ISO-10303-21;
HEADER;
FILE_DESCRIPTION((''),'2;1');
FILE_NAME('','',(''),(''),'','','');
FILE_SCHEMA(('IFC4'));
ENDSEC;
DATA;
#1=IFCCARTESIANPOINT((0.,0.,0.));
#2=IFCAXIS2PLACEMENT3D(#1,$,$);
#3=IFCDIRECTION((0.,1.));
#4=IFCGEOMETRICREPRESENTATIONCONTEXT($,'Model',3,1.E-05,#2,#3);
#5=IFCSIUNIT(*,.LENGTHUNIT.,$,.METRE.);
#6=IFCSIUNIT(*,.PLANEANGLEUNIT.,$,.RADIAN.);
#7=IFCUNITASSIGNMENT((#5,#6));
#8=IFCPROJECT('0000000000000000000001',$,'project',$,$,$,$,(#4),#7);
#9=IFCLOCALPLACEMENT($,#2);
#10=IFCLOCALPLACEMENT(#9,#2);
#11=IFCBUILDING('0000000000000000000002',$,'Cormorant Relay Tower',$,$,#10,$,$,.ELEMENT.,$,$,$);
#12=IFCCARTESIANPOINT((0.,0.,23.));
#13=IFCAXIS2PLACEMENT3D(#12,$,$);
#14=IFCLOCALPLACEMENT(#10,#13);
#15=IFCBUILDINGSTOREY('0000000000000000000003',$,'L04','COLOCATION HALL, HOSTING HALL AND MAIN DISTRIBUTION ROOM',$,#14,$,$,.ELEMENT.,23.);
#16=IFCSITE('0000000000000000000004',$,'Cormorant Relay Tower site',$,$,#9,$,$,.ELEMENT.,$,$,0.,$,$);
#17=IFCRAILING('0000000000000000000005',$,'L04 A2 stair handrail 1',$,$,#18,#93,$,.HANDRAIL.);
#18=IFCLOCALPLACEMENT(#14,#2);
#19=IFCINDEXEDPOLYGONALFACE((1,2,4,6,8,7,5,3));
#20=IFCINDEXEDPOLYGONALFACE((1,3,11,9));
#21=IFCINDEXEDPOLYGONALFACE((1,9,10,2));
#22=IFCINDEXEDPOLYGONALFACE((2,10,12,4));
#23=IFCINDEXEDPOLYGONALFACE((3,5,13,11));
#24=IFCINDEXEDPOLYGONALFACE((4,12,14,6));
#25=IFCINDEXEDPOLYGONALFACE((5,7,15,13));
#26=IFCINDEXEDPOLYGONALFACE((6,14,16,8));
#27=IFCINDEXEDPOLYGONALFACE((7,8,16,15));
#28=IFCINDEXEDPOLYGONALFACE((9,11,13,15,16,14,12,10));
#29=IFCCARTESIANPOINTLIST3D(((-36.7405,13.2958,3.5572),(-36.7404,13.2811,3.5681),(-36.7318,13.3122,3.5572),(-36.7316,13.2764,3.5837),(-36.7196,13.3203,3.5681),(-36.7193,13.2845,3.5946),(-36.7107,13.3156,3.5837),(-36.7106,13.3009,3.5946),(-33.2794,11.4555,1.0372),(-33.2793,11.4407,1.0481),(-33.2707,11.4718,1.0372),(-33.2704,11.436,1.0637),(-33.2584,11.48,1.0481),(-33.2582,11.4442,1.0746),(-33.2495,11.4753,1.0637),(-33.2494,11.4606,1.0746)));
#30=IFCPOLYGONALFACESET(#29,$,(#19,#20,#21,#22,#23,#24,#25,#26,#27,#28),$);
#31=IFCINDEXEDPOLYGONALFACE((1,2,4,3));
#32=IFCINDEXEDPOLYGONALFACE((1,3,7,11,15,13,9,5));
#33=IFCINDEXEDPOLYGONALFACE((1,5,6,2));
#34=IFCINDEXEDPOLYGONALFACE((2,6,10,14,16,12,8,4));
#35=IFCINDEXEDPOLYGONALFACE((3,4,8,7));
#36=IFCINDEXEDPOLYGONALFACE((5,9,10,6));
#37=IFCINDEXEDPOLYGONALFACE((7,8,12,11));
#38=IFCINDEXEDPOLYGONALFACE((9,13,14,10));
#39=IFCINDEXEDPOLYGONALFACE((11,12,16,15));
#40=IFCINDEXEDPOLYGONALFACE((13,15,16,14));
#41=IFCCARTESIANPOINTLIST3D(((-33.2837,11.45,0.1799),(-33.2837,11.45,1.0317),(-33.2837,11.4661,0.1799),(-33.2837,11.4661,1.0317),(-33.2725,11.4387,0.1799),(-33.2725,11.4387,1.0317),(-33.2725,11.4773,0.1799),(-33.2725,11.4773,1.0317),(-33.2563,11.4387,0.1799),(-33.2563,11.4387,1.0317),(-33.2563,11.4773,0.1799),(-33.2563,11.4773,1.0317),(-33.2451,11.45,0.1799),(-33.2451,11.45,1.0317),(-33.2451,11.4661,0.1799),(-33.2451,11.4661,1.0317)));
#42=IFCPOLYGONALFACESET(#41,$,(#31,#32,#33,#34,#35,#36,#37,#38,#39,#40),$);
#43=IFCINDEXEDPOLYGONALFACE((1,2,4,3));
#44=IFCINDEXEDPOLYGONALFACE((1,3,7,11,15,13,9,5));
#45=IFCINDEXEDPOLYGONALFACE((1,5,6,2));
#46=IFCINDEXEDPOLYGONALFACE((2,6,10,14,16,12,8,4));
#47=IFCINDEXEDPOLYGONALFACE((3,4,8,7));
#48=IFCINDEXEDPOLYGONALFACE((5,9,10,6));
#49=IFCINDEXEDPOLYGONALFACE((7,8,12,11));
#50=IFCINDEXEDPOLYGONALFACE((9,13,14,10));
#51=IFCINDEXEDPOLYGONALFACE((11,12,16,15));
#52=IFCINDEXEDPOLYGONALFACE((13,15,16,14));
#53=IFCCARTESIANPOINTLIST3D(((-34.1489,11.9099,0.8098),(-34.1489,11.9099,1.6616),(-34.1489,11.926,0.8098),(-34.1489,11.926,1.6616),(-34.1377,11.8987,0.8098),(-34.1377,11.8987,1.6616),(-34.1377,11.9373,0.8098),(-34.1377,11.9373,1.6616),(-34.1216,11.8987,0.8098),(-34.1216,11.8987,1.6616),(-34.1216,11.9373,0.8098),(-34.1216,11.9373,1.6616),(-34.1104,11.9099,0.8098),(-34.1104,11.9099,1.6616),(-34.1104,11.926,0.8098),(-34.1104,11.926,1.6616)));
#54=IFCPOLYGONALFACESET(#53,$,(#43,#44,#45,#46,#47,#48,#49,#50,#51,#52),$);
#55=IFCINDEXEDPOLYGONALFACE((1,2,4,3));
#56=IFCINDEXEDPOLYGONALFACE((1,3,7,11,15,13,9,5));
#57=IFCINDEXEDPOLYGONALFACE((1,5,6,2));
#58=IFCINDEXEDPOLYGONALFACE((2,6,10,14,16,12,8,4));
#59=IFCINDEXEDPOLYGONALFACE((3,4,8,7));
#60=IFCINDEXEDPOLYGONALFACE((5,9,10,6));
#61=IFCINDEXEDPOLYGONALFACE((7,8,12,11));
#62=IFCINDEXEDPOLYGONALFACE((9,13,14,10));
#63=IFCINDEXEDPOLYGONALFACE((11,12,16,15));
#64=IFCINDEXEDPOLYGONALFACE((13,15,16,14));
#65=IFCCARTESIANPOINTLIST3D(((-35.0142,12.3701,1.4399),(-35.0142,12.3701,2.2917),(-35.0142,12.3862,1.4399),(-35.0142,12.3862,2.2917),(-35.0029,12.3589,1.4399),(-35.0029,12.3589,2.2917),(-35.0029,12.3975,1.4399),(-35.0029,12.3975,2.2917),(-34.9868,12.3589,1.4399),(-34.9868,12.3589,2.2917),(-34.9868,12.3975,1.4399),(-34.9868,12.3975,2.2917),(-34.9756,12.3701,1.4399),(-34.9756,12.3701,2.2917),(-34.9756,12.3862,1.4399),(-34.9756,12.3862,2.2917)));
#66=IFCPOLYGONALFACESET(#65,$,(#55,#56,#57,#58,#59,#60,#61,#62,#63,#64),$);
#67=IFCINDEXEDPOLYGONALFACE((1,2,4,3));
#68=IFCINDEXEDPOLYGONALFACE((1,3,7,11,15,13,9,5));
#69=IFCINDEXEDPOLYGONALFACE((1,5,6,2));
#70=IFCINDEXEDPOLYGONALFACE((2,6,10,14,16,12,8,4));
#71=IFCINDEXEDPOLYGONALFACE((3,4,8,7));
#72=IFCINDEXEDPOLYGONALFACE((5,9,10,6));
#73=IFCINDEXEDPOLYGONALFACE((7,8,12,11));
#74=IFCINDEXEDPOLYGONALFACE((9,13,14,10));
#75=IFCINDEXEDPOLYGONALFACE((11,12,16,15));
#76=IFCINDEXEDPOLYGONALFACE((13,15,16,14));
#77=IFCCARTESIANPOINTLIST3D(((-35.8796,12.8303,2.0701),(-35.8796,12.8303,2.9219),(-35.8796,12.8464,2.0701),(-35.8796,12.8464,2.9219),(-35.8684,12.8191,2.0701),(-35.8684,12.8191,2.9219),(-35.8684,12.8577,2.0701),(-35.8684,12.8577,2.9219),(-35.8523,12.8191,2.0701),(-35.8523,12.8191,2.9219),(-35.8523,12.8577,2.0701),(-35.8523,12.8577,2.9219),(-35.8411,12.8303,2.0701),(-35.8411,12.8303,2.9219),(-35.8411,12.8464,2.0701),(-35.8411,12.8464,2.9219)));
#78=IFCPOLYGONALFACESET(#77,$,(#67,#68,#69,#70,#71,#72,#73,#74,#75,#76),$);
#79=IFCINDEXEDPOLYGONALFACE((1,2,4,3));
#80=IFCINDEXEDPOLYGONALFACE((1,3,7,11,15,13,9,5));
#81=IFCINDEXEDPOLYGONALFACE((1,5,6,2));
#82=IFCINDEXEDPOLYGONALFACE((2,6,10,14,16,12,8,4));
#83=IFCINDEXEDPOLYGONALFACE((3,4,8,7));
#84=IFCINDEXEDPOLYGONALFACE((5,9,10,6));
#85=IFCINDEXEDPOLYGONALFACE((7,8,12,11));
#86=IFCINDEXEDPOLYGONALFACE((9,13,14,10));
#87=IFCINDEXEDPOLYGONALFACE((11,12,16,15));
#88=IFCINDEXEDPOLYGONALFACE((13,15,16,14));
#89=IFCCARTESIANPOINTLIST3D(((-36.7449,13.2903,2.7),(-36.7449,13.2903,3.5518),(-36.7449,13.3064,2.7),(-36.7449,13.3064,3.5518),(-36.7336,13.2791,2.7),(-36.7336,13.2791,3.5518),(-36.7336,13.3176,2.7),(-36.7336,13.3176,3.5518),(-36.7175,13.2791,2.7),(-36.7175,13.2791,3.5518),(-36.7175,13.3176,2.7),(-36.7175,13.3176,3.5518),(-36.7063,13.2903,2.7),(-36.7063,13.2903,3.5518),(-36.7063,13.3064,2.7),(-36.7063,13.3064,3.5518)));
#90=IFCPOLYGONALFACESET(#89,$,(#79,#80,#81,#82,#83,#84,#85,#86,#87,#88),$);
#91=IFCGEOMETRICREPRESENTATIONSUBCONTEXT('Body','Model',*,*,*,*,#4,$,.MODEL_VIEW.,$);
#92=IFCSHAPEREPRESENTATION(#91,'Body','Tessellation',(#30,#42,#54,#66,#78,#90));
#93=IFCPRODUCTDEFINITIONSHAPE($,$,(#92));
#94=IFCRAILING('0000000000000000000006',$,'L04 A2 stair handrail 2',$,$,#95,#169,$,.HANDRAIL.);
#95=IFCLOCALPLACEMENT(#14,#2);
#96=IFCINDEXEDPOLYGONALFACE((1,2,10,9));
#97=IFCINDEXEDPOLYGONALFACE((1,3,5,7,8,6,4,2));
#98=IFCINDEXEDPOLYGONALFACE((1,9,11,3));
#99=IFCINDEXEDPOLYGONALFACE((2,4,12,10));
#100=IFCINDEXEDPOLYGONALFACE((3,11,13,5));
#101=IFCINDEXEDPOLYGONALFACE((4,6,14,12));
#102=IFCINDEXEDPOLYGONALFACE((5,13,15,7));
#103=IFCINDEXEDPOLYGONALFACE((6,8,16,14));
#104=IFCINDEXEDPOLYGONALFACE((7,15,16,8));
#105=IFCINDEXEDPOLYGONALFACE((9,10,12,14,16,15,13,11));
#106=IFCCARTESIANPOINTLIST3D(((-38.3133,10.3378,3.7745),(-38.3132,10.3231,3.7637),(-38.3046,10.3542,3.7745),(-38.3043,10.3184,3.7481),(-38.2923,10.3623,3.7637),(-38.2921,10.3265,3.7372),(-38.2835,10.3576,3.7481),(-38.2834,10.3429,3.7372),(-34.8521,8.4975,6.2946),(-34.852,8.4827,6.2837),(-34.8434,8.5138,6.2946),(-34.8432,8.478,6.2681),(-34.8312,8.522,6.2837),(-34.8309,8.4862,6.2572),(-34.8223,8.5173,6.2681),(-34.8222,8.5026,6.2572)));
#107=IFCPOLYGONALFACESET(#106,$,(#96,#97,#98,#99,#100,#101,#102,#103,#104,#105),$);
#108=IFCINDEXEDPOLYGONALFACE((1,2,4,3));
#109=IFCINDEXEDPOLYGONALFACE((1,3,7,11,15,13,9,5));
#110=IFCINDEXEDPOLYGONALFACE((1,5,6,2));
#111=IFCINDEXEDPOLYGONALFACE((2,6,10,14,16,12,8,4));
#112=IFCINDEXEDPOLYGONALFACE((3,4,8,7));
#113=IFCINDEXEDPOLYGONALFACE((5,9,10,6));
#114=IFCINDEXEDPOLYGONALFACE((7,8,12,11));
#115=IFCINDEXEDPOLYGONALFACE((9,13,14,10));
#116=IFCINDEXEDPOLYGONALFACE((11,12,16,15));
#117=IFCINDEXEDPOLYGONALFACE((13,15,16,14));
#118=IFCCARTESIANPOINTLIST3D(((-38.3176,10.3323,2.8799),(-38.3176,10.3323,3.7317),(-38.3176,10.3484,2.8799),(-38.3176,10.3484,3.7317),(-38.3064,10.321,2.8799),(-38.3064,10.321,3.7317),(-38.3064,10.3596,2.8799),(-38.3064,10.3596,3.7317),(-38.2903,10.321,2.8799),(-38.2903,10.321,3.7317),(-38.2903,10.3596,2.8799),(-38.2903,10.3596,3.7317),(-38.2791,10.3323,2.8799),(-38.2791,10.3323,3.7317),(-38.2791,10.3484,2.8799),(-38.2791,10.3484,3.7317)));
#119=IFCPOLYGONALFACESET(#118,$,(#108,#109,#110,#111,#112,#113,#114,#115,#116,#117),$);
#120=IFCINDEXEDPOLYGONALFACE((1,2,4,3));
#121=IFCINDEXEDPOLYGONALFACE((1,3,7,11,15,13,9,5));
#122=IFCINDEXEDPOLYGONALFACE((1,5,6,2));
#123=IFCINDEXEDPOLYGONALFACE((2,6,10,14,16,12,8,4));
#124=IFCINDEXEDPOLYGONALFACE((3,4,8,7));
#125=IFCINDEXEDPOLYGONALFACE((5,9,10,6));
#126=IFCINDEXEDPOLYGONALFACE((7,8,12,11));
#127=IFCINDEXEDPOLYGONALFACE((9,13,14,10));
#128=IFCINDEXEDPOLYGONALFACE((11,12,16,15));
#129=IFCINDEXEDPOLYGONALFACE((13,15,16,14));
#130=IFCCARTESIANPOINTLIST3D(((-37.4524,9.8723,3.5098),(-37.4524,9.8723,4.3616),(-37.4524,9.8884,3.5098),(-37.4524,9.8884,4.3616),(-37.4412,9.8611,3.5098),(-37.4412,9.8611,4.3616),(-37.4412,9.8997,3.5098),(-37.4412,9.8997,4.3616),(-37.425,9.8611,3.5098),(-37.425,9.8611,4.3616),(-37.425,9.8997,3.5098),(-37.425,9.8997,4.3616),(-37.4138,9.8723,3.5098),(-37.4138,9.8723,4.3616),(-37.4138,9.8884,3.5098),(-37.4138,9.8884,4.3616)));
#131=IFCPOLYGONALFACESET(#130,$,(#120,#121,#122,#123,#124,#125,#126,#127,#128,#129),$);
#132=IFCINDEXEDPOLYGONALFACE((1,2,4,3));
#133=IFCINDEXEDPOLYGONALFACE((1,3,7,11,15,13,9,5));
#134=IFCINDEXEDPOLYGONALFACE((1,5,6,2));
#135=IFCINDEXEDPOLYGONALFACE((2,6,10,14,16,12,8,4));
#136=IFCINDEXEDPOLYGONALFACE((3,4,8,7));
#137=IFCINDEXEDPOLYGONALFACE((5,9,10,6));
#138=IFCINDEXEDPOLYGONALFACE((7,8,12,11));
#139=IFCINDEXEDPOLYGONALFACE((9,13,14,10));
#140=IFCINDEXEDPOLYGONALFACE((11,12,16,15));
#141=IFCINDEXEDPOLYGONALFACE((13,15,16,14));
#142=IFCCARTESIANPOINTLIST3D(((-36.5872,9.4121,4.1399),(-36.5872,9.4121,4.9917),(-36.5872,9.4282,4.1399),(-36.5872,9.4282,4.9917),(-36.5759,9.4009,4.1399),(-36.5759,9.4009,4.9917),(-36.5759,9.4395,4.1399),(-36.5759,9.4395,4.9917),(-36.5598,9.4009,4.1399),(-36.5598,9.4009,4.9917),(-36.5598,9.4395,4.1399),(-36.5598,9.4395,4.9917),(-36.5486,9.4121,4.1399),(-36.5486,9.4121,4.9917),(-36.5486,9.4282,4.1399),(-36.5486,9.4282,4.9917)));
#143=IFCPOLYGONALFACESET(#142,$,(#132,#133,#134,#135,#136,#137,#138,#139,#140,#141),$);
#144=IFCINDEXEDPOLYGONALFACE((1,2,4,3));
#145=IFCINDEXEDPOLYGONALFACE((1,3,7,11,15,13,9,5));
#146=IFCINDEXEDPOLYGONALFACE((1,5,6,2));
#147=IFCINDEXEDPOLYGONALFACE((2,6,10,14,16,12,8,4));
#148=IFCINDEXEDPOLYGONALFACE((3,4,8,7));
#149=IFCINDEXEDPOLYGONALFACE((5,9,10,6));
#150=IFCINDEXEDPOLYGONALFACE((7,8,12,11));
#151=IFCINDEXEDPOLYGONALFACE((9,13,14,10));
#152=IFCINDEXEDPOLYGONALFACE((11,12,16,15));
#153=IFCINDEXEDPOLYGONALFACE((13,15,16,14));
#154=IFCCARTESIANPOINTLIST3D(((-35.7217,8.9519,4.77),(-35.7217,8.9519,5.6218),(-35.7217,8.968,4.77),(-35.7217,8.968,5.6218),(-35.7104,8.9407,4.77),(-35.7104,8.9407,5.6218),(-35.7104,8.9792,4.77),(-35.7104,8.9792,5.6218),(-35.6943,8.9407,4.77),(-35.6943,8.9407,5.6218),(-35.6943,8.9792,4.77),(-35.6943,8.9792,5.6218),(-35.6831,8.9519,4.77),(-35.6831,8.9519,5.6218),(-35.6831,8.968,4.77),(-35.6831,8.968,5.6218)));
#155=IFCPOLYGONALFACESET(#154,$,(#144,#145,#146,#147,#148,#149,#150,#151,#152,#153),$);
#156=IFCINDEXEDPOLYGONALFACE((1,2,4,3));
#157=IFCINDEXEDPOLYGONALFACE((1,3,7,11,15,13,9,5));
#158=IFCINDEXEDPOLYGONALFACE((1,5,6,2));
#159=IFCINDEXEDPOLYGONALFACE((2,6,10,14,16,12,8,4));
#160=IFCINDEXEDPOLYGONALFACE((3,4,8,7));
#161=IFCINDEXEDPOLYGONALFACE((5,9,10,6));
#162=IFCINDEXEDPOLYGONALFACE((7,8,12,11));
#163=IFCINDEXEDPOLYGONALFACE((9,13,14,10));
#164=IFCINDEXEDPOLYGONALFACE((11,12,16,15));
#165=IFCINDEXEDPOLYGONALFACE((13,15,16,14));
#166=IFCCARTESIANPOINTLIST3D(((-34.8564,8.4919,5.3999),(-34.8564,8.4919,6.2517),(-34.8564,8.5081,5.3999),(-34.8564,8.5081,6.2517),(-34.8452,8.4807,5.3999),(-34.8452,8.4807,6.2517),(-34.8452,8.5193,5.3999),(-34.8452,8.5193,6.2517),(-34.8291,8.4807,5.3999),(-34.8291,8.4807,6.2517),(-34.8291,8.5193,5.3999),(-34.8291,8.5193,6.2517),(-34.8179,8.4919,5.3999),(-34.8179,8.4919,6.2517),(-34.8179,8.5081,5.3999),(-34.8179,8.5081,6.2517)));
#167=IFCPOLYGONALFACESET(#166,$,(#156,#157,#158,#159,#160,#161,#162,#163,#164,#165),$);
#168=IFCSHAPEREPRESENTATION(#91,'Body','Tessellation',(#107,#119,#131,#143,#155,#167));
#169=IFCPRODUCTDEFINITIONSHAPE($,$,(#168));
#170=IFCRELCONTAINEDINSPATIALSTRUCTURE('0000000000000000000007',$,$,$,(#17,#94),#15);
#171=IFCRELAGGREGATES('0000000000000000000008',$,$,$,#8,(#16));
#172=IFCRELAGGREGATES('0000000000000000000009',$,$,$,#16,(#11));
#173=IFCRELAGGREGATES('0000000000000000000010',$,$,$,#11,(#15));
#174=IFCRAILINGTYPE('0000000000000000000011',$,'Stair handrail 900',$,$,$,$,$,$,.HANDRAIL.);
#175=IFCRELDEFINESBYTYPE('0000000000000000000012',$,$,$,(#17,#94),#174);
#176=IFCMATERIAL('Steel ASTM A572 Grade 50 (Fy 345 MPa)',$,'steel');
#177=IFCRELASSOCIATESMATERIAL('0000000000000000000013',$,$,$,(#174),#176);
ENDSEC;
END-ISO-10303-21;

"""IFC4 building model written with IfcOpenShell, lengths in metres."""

from ifc_helpers import new_model, si_unit, direction, frame, origin, place, context, subcontext, project, spatial, polyline, outline, extrude, material, type_object, element, save


model = new_model("IFC4")

# Units and contexts
model_context = context("Model", 3, precision=1e-05, world=origin(), true_north=direction((0.0, 1.0)))
body_context = subcontext(model_context, "Body", "Model", "MODEL_VIEW")
ifc_project = project(units=[si_unit("LENGTHUNIT", "METRE"), si_unit("PLANEANGLEUNIT", "RADIAN")], contexts=[model_context])

# Site, building, storey
site_placement = place(None, origin())
site = spatial("IfcSite", under=ifc_project, at=site_placement, Name="Cormorant Relay Tower site", CompositionType="ELEMENT", RefElevation=0.0)
building_placement = place(site_placement, origin())
building = spatial("IfcBuilding", under=site, at=building_placement, Name="Cormorant Relay Tower", CompositionType="ELEMENT")
storey_placement = place(building_placement, frame((0.0, 0.0, 23.0)))
storey = spatial("IfcBuildingStorey", under=building, at=storey_placement, Name="L04", Description="COLOCATION HALL, HOSTING HALL AND MAIN DISTRIBUTION ROOM", CompositionType="ELEMENT", Elevation=23.0)

# Railings
ifc_material_1 = material(Name="Steel ASTM A572 Grade 50 (Fy 345 MPa)", Category="steel")
railing_type_1 = type_object("IfcRailingType", Name="Stair handrail 900", PredefinedType="HANDRAIL", material=ifc_material_1)
railing_1_placement = place(storey_placement, frame((-33.2644, 11.458, 0.1799)))
element("IfcRailing", 1, at=railing_1_placement, inside=storey, type_object=railing_type_1, Name="L04 A2 stair handrail 1", PredefinedType="HANDRAIL", context=body_context, shape_type="SweptSolid", body=[
    extrude(outline(polyline([(0.0222, 0.0093), (0.0093, 0.0222), (-0.0093, 0.0222), (-0.0222, 0.0093), (-0.0222, -0.0093), (-0.0093, -0.0222), (0.0093, -0.0222), (0.0222, -0.0093), (0.0222, 0.0093)])), frame((0.0, 0.0, 0.876), z_axis=(-0.742717, 0.394907, 0.540758), x_axis=(-0.469469, -0.882949, 0.0)), (0.0, 0.0, 1.0), 4.6602),
    extrude(outline(polyline([(0.0193, 0.0081), (0.0081, 0.0193), (-0.0081, 0.0193), (-0.0193, 0.0081), (-0.0193, -0.0081), (-0.0081, -0.0193), (0.0081, -0.0193), (0.0193, -0.0081), (0.0193, 0.0081)])), origin(), (0.0, 0.0, 1.0), 0.8518),
    extrude(outline(polyline([(0.0193, 0.0081), (0.0081, 0.0193), (-0.0081, 0.0193), (-0.0193, 0.0081), (-0.0193, -0.0081), (-0.0081, -0.0193), (0.0081, -0.0193), (0.0193, -0.0081), (0.0193, 0.0081)])), frame((-0.8652, 0.46, 0.6299)), (0.0, 0.0, 1.0), 0.8518),
    extrude(outline(polyline([(0.0193, 0.0081), (0.0081, 0.0193), (-0.0081, 0.0193), (-0.0193, 0.0081), (-0.0193, -0.0081), (-0.0081, -0.0193), (0.0081, -0.0193), (0.0193, -0.0081), (0.0193, 0.0081)])), frame((-1.7305, 0.9202, 1.26)), (0.0, 0.0, 1.0), 0.8518),
    extrude(outline(polyline([(0.0193, 0.0081), (0.0081, 0.0193), (-0.0081, 0.0193), (-0.0193, 0.0081), (-0.0193, -0.0081), (-0.0081, -0.0193), (0.0081, -0.0193), (0.0193, -0.0081), (0.0193, 0.0081)])), frame((-2.5959, 1.3804, 1.8901)), (0.0, 0.0, 1.0), 0.8518),
    extrude(outline(polyline([(0.0193, 0.0081), (0.0081, 0.0193), (-0.0081, 0.0193), (-0.0193, 0.0081), (-0.0193, -0.0081), (-0.0081, -0.0193), (0.0081, -0.0193), (0.0193, -0.0081), (0.0193, 0.0081)])), frame((-3.4612, 1.8403, 2.52)), (0.0, 0.0, 1.0), 0.8518),
])
railing_2_placement = place(storey_placement, frame((-38.2983, 10.3403, 2.8799)))
element("IfcRailing", 2, at=railing_2_placement, inside=storey, type_object=railing_type_1, Name="L04 A2 stair handrail 2", PredefinedType="HANDRAIL", context=body_context, shape_type="SweptSolid", body=[
    extrude(outline(polyline([(0.0222, 0.0093), (0.0093, 0.0222), (-0.0093, 0.0222), (-0.0222, 0.0093), (-0.0222, -0.0093), (-0.0093, -0.0222), (0.0093, -0.0222), (0.0222, -0.0093), (0.0222, 0.0093)])), frame((0.0, 0.0, 0.876), z_axis=(0.742717, -0.394907, 0.540758), x_axis=(0.469469, 0.882949, 0.0)), (0.0, 0.0, 1.0), 4.6602),
    extrude(outline(polyline([(0.0193, 0.0081), (0.0081, 0.0193), (-0.0081, 0.0193), (-0.0193, 0.0081), (-0.0193, -0.0081), (-0.0081, -0.0193), (0.0081, -0.0193), (0.0193, -0.0081), (0.0193, 0.0081)])), origin(), (0.0, 0.0, 1.0), 0.8518),
    extrude(outline(polyline([(0.0193, 0.0081), (0.0081, 0.0193), (-0.0081, 0.0193), (-0.0193, 0.0081), (-0.0193, -0.0081), (-0.0081, -0.0193), (0.0081, -0.0193), (0.0193, -0.0081), (0.0193, 0.0081)])), frame((0.8652, -0.46, 0.6299)), (0.0, 0.0, 1.0), 0.8518),
    extrude(outline(polyline([(0.0193, 0.0081), (0.0081, 0.0193), (-0.0081, 0.0193), (-0.0193, 0.0081), (-0.0193, -0.0081), (-0.0081, -0.0193), (0.0081, -0.0193), (0.0193, -0.0081), (0.0193, 0.0081)])), frame((1.7305, -0.9202, 1.26)), (0.0, 0.0, 1.0), 0.8518),
    extrude(outline(polyline([(0.0193, 0.0081), (0.0081, 0.0193), (-0.0081, 0.0193), (-0.0193, 0.0081), (-0.0193, -0.0081), (-0.0081, -0.0193), (0.0081, -0.0193), (0.0193, -0.0081), (0.0193, 0.0081)])), frame((2.5959, -1.3804, 1.8901)), (0.0, 0.0, 1.0), 0.8518),
    extrude(outline(polyline([(0.0193, 0.0081), (0.0081, 0.0193), (-0.0081, 0.0193), (-0.0193, 0.0081), (-0.0193, -0.0081), (-0.0081, -0.0193), (0.0081, -0.0193), (0.0193, -0.0081), (0.0193, 0.0081)])), frame((3.4612, -1.8403, 2.52)), (0.0, 0.0, 1.0), 0.8518),
])

save(model, "model.ifc")
